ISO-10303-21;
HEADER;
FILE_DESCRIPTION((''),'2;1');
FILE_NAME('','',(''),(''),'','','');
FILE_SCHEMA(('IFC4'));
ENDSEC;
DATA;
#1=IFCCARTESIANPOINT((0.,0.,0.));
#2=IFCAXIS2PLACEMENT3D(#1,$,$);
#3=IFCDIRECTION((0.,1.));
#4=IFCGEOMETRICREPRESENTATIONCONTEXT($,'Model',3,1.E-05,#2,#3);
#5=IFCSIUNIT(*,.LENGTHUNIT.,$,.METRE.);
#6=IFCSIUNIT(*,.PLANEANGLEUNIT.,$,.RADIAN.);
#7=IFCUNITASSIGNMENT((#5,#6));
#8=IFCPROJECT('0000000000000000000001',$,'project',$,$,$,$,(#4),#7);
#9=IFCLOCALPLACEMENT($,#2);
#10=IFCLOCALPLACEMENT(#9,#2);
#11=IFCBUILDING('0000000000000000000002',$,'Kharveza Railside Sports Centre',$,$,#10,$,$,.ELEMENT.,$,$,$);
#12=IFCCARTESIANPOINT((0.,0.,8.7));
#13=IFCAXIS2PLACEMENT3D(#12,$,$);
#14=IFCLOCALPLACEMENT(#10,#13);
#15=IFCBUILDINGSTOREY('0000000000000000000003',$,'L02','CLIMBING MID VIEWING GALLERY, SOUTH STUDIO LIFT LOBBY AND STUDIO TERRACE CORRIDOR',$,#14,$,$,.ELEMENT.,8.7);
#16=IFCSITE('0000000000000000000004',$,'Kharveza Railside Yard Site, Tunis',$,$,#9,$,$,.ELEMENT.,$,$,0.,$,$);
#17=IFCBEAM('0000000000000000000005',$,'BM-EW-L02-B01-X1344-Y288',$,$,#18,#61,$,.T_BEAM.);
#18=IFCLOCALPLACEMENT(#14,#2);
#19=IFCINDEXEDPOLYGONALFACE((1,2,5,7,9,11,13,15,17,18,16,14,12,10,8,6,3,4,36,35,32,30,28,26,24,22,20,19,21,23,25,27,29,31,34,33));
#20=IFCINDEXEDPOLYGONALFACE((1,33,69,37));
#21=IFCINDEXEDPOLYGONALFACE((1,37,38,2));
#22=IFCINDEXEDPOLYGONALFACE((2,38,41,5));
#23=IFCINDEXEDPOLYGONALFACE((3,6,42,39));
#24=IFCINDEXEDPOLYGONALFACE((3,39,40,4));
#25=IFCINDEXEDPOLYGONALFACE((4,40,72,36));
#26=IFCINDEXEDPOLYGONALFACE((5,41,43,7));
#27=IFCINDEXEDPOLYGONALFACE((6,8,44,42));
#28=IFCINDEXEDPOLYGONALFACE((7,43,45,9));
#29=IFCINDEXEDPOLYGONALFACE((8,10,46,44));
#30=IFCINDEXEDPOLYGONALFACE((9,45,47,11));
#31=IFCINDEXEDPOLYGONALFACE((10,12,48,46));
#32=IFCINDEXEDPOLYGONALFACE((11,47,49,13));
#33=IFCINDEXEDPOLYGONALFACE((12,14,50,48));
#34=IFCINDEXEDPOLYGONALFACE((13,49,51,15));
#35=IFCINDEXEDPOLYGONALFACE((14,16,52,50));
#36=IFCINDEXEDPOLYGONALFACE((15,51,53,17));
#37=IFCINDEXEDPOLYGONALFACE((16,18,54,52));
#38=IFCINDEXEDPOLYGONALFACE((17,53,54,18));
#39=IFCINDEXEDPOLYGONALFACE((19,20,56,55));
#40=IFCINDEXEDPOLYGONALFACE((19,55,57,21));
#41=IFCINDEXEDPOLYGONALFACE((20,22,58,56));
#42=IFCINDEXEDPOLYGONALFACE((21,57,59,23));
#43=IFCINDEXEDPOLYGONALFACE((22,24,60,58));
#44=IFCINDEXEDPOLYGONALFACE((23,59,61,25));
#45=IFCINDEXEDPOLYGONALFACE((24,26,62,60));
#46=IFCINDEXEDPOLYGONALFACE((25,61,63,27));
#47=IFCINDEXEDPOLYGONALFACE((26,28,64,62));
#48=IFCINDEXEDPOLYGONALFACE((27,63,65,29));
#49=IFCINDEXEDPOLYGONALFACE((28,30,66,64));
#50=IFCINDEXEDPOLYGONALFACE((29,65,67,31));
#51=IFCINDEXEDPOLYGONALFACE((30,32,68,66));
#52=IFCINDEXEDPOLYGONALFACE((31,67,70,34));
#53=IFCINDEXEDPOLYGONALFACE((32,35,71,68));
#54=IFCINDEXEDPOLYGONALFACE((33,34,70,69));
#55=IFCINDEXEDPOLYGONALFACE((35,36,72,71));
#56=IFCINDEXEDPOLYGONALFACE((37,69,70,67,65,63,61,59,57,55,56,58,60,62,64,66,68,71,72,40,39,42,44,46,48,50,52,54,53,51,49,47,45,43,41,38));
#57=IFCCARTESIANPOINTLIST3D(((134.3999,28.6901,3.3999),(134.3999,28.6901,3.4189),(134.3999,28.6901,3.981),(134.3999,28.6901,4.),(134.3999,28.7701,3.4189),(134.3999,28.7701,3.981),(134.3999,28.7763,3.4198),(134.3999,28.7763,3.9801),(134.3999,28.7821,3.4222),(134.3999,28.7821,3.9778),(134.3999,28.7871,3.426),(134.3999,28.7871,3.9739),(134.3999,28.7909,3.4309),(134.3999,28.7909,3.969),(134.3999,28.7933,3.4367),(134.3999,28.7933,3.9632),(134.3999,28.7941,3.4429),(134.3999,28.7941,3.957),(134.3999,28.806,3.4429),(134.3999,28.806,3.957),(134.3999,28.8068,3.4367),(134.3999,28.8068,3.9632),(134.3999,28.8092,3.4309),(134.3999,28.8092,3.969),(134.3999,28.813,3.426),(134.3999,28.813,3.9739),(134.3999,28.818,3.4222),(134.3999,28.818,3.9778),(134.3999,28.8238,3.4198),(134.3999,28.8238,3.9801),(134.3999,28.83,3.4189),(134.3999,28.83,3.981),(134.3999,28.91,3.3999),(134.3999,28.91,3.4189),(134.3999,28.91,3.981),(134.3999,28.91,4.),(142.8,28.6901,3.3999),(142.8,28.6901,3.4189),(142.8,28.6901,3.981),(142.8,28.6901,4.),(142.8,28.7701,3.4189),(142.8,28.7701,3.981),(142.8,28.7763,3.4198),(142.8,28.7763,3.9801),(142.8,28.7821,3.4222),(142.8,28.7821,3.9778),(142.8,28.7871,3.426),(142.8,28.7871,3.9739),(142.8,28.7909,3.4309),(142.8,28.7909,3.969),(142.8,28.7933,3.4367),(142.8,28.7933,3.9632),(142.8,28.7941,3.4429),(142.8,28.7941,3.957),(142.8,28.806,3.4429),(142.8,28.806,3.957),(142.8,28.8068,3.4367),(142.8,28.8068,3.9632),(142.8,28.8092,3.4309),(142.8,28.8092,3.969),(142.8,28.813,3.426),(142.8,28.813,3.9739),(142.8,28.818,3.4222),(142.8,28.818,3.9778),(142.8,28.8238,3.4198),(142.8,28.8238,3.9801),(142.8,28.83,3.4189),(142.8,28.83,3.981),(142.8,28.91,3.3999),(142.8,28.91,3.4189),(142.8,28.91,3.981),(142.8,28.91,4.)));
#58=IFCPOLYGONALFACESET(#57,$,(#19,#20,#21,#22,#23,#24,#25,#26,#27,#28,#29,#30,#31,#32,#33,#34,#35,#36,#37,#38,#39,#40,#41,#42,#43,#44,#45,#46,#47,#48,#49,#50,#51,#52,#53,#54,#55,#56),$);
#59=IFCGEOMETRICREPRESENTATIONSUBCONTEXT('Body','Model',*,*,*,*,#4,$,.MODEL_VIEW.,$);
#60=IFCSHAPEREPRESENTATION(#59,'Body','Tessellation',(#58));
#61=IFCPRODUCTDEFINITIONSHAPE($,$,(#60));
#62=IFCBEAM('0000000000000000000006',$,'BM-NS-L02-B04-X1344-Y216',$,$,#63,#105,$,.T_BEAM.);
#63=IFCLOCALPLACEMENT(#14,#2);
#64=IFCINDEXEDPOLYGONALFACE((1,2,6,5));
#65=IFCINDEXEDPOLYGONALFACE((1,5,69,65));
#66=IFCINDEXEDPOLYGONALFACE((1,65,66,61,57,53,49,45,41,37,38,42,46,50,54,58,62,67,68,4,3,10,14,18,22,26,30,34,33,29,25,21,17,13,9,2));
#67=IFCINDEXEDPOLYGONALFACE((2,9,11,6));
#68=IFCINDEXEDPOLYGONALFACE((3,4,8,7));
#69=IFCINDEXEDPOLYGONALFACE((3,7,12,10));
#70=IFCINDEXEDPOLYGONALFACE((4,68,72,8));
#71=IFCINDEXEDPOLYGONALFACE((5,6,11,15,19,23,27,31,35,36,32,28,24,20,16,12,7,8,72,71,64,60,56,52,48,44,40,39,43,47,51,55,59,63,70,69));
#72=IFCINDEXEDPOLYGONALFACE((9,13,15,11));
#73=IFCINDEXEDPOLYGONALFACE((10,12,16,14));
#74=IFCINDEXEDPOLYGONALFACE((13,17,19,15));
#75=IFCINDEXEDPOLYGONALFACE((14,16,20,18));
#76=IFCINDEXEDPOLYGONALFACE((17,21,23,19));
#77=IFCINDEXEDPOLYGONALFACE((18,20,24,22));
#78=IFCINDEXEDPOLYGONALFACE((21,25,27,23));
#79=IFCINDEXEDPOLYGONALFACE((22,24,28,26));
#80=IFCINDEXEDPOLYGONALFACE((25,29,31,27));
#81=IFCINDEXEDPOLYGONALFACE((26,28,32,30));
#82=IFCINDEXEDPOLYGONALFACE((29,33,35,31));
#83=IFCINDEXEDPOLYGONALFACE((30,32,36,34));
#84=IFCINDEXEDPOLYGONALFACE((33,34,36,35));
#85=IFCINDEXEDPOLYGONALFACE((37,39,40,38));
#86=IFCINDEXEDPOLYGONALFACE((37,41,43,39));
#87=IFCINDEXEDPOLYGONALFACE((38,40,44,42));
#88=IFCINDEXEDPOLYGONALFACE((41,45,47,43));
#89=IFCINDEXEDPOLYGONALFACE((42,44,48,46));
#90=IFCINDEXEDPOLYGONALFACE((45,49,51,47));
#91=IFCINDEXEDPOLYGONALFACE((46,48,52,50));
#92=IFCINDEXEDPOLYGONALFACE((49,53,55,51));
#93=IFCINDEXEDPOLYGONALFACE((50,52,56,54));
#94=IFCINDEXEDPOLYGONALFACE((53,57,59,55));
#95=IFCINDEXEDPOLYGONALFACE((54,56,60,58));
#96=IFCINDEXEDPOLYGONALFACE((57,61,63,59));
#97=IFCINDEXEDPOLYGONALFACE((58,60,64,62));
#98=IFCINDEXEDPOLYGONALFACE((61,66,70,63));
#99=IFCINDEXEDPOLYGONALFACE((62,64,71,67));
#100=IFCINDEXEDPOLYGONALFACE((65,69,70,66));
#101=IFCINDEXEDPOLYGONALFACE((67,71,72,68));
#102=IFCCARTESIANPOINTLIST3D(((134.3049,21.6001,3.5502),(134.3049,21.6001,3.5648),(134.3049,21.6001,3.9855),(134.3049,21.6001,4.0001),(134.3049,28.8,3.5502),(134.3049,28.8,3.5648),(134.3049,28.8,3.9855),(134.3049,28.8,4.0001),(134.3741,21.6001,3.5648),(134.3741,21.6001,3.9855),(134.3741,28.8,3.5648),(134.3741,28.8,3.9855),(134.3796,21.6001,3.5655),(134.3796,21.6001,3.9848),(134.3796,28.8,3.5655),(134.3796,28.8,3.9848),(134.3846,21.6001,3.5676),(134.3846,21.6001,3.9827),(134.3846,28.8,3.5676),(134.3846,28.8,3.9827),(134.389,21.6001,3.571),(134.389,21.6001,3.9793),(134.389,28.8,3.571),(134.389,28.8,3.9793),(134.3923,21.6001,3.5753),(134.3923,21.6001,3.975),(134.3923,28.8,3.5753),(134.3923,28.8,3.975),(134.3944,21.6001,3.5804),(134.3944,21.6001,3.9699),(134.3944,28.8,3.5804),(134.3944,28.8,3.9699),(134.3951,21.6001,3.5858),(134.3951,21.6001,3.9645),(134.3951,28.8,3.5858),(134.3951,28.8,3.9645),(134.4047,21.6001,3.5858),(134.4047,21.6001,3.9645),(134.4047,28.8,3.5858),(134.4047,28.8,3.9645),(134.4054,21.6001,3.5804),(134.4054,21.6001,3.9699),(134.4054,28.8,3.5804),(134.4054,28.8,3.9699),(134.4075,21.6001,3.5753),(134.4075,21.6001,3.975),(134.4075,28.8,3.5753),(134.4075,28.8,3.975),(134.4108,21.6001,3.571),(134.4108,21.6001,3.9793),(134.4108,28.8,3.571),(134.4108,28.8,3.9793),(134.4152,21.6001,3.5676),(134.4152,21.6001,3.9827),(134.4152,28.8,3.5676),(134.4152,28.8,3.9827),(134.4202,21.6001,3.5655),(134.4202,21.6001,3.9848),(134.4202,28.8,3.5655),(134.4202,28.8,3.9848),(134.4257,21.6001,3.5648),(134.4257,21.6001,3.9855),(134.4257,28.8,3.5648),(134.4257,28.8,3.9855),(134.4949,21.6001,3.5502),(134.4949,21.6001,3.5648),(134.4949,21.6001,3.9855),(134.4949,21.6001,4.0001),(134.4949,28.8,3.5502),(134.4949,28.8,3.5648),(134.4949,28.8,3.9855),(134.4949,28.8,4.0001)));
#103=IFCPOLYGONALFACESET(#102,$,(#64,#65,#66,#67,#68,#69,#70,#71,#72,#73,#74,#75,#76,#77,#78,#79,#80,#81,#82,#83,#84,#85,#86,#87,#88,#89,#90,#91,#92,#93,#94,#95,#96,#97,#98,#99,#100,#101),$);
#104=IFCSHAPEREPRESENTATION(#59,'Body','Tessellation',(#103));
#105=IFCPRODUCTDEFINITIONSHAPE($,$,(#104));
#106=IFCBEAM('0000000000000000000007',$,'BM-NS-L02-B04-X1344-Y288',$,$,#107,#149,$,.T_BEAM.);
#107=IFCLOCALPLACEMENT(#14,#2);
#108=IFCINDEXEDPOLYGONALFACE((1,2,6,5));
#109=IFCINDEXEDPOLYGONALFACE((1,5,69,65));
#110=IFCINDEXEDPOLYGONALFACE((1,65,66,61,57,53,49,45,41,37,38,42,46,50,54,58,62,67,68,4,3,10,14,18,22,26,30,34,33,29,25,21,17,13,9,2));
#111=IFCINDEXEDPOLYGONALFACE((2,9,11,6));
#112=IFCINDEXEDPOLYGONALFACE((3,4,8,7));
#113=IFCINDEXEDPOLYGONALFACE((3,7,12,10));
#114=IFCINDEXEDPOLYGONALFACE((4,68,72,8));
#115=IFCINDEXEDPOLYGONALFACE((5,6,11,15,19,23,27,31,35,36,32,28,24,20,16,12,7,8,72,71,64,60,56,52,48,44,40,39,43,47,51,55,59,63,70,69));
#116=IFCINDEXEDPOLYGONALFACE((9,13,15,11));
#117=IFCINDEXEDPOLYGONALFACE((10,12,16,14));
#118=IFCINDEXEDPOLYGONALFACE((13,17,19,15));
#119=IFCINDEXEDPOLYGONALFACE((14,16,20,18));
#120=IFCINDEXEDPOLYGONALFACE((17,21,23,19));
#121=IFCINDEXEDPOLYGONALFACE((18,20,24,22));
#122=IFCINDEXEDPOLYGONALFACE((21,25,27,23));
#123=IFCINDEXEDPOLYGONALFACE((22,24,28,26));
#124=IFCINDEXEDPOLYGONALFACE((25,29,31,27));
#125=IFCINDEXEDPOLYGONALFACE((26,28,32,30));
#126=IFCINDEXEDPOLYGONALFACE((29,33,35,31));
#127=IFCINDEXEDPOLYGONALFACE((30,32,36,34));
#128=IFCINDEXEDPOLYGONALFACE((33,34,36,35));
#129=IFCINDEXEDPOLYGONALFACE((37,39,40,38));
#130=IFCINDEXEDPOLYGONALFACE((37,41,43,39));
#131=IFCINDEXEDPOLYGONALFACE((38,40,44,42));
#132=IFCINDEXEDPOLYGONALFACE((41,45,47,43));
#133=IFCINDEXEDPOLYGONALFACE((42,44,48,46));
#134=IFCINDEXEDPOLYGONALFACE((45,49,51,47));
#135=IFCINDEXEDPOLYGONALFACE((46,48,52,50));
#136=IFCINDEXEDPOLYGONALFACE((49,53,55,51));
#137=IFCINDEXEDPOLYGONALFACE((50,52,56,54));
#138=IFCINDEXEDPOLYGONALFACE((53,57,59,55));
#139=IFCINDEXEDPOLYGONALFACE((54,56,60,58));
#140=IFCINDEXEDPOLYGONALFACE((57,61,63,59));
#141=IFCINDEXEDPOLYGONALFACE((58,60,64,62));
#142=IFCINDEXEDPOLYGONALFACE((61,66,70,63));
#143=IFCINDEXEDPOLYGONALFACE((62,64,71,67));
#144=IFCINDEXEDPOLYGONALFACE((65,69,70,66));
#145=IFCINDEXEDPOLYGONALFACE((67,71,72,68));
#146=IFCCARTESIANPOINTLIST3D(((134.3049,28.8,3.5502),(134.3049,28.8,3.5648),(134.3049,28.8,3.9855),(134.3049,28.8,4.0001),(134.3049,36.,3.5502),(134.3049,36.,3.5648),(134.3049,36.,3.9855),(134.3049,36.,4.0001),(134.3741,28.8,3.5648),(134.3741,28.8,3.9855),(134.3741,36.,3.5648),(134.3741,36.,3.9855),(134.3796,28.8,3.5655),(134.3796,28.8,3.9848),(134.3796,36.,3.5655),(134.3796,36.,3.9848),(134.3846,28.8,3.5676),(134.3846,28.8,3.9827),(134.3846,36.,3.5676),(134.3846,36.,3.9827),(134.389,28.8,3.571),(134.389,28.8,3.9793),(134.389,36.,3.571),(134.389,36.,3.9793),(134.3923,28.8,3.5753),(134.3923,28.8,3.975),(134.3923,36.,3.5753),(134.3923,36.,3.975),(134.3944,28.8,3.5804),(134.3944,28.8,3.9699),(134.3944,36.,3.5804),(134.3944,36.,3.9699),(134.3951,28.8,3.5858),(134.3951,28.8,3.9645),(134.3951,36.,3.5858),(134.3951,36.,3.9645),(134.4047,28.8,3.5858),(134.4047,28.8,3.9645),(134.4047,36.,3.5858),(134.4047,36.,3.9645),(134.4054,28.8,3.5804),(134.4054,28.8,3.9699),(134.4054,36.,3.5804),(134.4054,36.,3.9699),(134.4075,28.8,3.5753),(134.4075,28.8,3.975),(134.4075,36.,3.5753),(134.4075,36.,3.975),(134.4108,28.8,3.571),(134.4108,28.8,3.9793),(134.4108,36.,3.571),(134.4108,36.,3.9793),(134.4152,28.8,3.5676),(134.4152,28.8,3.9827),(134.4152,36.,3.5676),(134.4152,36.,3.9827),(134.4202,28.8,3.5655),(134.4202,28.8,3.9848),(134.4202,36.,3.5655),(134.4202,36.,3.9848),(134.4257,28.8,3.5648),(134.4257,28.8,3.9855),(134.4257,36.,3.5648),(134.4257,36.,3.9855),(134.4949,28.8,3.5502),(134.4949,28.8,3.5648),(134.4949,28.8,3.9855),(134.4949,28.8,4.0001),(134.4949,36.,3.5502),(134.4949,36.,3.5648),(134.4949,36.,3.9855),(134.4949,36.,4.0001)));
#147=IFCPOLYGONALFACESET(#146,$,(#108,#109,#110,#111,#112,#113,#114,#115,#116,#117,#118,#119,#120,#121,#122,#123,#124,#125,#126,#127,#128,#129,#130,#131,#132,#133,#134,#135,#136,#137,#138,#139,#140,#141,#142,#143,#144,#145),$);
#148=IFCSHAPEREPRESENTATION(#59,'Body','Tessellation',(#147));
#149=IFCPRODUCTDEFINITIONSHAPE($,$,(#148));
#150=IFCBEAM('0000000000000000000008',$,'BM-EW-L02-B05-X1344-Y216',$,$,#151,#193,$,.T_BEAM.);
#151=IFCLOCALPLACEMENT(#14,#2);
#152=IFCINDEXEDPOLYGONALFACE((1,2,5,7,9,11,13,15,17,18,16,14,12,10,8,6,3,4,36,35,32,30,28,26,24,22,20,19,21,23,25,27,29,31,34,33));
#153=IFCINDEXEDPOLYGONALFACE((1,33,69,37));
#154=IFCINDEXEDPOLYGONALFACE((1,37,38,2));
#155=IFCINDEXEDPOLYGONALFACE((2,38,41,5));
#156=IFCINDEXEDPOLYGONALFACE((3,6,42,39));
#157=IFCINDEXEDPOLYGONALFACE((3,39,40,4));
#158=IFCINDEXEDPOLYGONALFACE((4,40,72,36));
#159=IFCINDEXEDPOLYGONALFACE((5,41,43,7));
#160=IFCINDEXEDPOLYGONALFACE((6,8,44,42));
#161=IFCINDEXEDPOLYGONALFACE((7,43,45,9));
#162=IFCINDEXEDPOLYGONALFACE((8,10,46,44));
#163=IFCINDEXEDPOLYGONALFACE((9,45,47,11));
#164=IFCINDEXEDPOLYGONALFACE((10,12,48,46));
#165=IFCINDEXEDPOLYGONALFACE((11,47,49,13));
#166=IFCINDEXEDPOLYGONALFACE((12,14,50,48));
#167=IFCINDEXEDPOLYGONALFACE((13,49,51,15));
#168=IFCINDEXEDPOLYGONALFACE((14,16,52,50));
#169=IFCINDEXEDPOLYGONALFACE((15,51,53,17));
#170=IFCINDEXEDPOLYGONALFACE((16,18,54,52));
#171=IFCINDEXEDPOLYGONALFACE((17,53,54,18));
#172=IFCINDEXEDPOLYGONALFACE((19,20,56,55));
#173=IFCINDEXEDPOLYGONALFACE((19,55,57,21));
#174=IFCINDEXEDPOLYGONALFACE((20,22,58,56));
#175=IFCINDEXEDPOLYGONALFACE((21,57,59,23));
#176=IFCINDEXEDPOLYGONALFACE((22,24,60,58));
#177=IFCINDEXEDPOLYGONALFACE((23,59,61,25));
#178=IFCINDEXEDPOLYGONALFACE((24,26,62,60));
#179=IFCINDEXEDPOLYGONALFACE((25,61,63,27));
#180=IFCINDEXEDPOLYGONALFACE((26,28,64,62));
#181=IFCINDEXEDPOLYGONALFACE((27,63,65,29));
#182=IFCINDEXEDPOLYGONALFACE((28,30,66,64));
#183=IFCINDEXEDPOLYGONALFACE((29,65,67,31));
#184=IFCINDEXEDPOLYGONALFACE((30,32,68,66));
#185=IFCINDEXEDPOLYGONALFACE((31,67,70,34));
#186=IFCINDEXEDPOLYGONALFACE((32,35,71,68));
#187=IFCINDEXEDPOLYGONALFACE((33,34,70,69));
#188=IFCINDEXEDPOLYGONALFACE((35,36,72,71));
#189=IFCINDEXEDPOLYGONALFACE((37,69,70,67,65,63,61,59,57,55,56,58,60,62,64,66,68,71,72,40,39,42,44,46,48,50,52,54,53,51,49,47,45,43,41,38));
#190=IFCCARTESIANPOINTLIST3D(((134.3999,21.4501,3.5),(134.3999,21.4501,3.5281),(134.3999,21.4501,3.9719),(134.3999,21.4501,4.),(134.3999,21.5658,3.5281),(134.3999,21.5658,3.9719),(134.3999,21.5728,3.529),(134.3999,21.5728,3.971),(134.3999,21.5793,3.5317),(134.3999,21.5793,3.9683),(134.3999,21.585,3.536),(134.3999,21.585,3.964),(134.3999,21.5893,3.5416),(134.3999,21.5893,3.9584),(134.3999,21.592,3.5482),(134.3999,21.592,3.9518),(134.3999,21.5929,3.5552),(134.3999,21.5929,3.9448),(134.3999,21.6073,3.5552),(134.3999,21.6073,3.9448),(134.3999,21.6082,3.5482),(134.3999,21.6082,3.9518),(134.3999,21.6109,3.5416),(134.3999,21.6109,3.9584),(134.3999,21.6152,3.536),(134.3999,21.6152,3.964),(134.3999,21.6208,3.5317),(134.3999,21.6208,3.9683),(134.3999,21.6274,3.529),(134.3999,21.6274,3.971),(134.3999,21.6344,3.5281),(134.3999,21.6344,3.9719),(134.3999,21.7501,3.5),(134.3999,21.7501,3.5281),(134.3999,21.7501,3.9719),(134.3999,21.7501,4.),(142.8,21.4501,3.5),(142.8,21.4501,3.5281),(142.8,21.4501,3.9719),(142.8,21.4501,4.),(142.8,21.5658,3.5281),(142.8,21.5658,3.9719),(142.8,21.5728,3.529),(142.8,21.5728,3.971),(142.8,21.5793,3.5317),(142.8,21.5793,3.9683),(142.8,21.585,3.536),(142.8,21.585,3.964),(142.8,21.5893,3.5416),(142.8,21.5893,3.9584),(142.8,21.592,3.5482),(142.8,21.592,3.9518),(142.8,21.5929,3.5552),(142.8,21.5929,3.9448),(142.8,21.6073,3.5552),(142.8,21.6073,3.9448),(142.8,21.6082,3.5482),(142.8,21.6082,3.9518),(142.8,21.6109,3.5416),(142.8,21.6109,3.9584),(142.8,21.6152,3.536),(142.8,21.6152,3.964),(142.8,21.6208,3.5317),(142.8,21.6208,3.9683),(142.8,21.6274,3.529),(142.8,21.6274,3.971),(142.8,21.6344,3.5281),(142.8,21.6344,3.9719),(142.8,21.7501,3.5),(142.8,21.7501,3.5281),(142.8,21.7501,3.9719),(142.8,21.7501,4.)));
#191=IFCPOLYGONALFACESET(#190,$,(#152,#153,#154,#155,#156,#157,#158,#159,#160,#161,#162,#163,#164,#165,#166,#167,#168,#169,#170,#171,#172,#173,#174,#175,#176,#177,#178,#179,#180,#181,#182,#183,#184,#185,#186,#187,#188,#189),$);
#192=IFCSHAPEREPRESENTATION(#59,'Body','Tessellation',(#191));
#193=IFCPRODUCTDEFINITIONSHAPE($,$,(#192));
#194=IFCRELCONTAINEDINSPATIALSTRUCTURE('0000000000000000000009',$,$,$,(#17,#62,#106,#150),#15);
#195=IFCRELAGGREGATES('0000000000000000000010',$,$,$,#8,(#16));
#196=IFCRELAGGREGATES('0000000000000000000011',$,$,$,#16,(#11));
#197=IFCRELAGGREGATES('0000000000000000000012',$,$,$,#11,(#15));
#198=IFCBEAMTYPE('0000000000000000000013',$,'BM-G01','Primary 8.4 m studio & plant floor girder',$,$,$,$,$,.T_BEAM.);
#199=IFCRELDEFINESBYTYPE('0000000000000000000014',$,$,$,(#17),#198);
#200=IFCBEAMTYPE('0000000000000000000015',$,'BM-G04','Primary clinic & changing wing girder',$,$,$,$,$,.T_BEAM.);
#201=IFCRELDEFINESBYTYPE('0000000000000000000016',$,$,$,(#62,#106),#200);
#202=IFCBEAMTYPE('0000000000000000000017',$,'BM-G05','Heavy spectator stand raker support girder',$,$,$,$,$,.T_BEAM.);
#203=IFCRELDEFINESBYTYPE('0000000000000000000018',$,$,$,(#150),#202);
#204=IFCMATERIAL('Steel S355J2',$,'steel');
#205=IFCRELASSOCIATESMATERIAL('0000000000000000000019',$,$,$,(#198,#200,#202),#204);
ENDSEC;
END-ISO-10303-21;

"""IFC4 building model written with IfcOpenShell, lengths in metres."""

from ifc_helpers import new_model, si_unit, direction, frame, origin, origin_2d, place, context, subcontext, project, spatial, i_section, extrude, material, material_profile, profile_set, type_object, element, save


model = new_model("IFC4")

# Units and contexts
model_context = context("Model", 3, precision=1e-05, world=origin(), true_north=direction((0.0, 1.0)))
body_context = subcontext(model_context, "Body", "Model", "MODEL_VIEW")
ifc_project = project(units=[si_unit("LENGTHUNIT", "METRE"), si_unit("PLANEANGLEUNIT", "RADIAN")], contexts=[model_context])

# Site, building, storey
site_placement = place(None, origin())
site = spatial("IfcSite", under=ifc_project, at=site_placement, Name="Kharveza Railside Yard Site, Tunis", CompositionType="ELEMENT", RefElevation=0.0)
building_placement = place(site_placement, origin())
building = spatial("IfcBuilding", under=site, at=building_placement, Name="Kharveza Railside Sports Centre", CompositionType="ELEMENT")
storey_placement = place(building_placement, frame((0.0, 0.0, 8.7)))
storey = spatial("IfcBuildingStorey", under=building, at=storey_placement, Name="L02", Description="CLIMBING MID VIEWING GALLERY, SOUTH STUDIO LIFT LOBBY AND STUDIO TERRACE CORRIDOR", CompositionType="ELEMENT", Elevation=8.7)

# Shared definitions
ifc_material_1 = material(Name="Steel S355J2", Category="steel")

# Beams
ifc_material_profile_1 = material_profile(ifc_material_1, i_section(OverallWidth=0.22, OverallDepth=0.6001, WebThickness=0.012, FlangeThickness=0.019, FilletRadius=0.0239, at=origin_2d()), Name="IPE 600")
ifc_profile_set_1 = profile_set([ifc_material_profile_1], Name="Steel S355J2")
beam_type_1 = type_object("IfcBeamType", Name="BM-G01", Description="Primary 8.4 m studio & plant floor girder", PredefinedType="T_BEAM", material=ifc_profile_set_1)
beam_1_placement = place(storey_placement, frame((134.3999, 28.8, 3.7), z_axis=(1.0, 0.0, 0.0), x_axis=(0.0, 1.0, 0.0)))
element("IfcBeam", 1, at=beam_1_placement, inside=storey, type_object=beam_type_1, Name="BM-EW-L02-B01-X1344-Y288", PredefinedType="T_BEAM", context=body_context, shape_type="SweptSolid", body=[
    extrude(i_section(OverallWidth=0.22, OverallDepth=0.6001, WebThickness=0.012, FlangeThickness=0.019, FilletRadius=0.0239, at=origin_2d()), origin(), (0.0, 0.0, 1.0), 8.4001),
])
ifc_material_profile_2 = material_profile(ifc_material_1, i_section(OverallWidth=0.1899, OverallDepth=0.45, WebThickness=0.0095, FlangeThickness=0.0146, FilletRadius=0.021, at=origin_2d()), Name="IPE 450")
ifc_profile_set_2 = profile_set([ifc_material_profile_2], Name="Steel S355J2")
beam_type_2 = type_object("IfcBeamType", Name="BM-G04", Description="Primary clinic & changing wing girder", PredefinedType="T_BEAM", material=ifc_profile_set_2)
for number, where, z_axis, x_axis, name in (
    (2, (134.3999, 21.6001, 3.7751), (0.0, 1.0, 0.0), (-1.0, 0.0, 0.0), "BM-NS-L02-B04-X1344-Y216"),
    (3, (134.3999, 28.8, 3.7751), (0.0, 1.0, 0.0), (-1.0, 0.0, 0.0), "BM-NS-L02-B04-X1344-Y288"),
):
    element("IfcBeam", number, at=place(storey_placement, frame(where, z_axis=z_axis, x_axis=x_axis)), inside=storey, type_object=beam_type_2, Name=name, PredefinedType="T_BEAM", context=body_context, shape_type="SweptSolid", body=[
        extrude(i_section(OverallWidth=0.1899, OverallDepth=0.45, WebThickness=0.0095, FlangeThickness=0.0146, FilletRadius=0.021, at=origin_2d()), origin(), (0.0, 0.0, 1.0), 7.2),
    ])
ifc_material_profile_3 = material_profile(ifc_material_1, i_section(OverallWidth=0.3, OverallDepth=0.5, WebThickness=0.0144, FlangeThickness=0.0281, FilletRadius=0.0271, at=origin_2d()), Name="HEB 500")
ifc_profile_set_3 = profile_set([ifc_material_profile_3], Name="Steel S355J2")
beam_type_3 = type_object("IfcBeamType", Name="BM-G05", Description="Heavy spectator stand raker support girder", PredefinedType="T_BEAM", material=ifc_profile_set_3)
beam_2_placement = place(storey_placement, frame((134.3999, 21.6001, 3.75), z_axis=(1.0, 0.0, 0.0), x_axis=(0.0, 1.0, 0.0)))
element("IfcBeam", 4, at=beam_2_placement, inside=storey, type_object=beam_type_3, Name="BM-EW-L02-B05-X1344-Y216", PredefinedType="T_BEAM", context=body_context, shape_type="SweptSolid", body=[
    extrude(i_section(OverallWidth=0.3, OverallDepth=0.5, WebThickness=0.0144, FlangeThickness=0.0281, FilletRadius=0.0271, at=origin_2d()), origin(), (0.0, 0.0, 1.0), 8.4001),
])

save(model, "model.ifc")
